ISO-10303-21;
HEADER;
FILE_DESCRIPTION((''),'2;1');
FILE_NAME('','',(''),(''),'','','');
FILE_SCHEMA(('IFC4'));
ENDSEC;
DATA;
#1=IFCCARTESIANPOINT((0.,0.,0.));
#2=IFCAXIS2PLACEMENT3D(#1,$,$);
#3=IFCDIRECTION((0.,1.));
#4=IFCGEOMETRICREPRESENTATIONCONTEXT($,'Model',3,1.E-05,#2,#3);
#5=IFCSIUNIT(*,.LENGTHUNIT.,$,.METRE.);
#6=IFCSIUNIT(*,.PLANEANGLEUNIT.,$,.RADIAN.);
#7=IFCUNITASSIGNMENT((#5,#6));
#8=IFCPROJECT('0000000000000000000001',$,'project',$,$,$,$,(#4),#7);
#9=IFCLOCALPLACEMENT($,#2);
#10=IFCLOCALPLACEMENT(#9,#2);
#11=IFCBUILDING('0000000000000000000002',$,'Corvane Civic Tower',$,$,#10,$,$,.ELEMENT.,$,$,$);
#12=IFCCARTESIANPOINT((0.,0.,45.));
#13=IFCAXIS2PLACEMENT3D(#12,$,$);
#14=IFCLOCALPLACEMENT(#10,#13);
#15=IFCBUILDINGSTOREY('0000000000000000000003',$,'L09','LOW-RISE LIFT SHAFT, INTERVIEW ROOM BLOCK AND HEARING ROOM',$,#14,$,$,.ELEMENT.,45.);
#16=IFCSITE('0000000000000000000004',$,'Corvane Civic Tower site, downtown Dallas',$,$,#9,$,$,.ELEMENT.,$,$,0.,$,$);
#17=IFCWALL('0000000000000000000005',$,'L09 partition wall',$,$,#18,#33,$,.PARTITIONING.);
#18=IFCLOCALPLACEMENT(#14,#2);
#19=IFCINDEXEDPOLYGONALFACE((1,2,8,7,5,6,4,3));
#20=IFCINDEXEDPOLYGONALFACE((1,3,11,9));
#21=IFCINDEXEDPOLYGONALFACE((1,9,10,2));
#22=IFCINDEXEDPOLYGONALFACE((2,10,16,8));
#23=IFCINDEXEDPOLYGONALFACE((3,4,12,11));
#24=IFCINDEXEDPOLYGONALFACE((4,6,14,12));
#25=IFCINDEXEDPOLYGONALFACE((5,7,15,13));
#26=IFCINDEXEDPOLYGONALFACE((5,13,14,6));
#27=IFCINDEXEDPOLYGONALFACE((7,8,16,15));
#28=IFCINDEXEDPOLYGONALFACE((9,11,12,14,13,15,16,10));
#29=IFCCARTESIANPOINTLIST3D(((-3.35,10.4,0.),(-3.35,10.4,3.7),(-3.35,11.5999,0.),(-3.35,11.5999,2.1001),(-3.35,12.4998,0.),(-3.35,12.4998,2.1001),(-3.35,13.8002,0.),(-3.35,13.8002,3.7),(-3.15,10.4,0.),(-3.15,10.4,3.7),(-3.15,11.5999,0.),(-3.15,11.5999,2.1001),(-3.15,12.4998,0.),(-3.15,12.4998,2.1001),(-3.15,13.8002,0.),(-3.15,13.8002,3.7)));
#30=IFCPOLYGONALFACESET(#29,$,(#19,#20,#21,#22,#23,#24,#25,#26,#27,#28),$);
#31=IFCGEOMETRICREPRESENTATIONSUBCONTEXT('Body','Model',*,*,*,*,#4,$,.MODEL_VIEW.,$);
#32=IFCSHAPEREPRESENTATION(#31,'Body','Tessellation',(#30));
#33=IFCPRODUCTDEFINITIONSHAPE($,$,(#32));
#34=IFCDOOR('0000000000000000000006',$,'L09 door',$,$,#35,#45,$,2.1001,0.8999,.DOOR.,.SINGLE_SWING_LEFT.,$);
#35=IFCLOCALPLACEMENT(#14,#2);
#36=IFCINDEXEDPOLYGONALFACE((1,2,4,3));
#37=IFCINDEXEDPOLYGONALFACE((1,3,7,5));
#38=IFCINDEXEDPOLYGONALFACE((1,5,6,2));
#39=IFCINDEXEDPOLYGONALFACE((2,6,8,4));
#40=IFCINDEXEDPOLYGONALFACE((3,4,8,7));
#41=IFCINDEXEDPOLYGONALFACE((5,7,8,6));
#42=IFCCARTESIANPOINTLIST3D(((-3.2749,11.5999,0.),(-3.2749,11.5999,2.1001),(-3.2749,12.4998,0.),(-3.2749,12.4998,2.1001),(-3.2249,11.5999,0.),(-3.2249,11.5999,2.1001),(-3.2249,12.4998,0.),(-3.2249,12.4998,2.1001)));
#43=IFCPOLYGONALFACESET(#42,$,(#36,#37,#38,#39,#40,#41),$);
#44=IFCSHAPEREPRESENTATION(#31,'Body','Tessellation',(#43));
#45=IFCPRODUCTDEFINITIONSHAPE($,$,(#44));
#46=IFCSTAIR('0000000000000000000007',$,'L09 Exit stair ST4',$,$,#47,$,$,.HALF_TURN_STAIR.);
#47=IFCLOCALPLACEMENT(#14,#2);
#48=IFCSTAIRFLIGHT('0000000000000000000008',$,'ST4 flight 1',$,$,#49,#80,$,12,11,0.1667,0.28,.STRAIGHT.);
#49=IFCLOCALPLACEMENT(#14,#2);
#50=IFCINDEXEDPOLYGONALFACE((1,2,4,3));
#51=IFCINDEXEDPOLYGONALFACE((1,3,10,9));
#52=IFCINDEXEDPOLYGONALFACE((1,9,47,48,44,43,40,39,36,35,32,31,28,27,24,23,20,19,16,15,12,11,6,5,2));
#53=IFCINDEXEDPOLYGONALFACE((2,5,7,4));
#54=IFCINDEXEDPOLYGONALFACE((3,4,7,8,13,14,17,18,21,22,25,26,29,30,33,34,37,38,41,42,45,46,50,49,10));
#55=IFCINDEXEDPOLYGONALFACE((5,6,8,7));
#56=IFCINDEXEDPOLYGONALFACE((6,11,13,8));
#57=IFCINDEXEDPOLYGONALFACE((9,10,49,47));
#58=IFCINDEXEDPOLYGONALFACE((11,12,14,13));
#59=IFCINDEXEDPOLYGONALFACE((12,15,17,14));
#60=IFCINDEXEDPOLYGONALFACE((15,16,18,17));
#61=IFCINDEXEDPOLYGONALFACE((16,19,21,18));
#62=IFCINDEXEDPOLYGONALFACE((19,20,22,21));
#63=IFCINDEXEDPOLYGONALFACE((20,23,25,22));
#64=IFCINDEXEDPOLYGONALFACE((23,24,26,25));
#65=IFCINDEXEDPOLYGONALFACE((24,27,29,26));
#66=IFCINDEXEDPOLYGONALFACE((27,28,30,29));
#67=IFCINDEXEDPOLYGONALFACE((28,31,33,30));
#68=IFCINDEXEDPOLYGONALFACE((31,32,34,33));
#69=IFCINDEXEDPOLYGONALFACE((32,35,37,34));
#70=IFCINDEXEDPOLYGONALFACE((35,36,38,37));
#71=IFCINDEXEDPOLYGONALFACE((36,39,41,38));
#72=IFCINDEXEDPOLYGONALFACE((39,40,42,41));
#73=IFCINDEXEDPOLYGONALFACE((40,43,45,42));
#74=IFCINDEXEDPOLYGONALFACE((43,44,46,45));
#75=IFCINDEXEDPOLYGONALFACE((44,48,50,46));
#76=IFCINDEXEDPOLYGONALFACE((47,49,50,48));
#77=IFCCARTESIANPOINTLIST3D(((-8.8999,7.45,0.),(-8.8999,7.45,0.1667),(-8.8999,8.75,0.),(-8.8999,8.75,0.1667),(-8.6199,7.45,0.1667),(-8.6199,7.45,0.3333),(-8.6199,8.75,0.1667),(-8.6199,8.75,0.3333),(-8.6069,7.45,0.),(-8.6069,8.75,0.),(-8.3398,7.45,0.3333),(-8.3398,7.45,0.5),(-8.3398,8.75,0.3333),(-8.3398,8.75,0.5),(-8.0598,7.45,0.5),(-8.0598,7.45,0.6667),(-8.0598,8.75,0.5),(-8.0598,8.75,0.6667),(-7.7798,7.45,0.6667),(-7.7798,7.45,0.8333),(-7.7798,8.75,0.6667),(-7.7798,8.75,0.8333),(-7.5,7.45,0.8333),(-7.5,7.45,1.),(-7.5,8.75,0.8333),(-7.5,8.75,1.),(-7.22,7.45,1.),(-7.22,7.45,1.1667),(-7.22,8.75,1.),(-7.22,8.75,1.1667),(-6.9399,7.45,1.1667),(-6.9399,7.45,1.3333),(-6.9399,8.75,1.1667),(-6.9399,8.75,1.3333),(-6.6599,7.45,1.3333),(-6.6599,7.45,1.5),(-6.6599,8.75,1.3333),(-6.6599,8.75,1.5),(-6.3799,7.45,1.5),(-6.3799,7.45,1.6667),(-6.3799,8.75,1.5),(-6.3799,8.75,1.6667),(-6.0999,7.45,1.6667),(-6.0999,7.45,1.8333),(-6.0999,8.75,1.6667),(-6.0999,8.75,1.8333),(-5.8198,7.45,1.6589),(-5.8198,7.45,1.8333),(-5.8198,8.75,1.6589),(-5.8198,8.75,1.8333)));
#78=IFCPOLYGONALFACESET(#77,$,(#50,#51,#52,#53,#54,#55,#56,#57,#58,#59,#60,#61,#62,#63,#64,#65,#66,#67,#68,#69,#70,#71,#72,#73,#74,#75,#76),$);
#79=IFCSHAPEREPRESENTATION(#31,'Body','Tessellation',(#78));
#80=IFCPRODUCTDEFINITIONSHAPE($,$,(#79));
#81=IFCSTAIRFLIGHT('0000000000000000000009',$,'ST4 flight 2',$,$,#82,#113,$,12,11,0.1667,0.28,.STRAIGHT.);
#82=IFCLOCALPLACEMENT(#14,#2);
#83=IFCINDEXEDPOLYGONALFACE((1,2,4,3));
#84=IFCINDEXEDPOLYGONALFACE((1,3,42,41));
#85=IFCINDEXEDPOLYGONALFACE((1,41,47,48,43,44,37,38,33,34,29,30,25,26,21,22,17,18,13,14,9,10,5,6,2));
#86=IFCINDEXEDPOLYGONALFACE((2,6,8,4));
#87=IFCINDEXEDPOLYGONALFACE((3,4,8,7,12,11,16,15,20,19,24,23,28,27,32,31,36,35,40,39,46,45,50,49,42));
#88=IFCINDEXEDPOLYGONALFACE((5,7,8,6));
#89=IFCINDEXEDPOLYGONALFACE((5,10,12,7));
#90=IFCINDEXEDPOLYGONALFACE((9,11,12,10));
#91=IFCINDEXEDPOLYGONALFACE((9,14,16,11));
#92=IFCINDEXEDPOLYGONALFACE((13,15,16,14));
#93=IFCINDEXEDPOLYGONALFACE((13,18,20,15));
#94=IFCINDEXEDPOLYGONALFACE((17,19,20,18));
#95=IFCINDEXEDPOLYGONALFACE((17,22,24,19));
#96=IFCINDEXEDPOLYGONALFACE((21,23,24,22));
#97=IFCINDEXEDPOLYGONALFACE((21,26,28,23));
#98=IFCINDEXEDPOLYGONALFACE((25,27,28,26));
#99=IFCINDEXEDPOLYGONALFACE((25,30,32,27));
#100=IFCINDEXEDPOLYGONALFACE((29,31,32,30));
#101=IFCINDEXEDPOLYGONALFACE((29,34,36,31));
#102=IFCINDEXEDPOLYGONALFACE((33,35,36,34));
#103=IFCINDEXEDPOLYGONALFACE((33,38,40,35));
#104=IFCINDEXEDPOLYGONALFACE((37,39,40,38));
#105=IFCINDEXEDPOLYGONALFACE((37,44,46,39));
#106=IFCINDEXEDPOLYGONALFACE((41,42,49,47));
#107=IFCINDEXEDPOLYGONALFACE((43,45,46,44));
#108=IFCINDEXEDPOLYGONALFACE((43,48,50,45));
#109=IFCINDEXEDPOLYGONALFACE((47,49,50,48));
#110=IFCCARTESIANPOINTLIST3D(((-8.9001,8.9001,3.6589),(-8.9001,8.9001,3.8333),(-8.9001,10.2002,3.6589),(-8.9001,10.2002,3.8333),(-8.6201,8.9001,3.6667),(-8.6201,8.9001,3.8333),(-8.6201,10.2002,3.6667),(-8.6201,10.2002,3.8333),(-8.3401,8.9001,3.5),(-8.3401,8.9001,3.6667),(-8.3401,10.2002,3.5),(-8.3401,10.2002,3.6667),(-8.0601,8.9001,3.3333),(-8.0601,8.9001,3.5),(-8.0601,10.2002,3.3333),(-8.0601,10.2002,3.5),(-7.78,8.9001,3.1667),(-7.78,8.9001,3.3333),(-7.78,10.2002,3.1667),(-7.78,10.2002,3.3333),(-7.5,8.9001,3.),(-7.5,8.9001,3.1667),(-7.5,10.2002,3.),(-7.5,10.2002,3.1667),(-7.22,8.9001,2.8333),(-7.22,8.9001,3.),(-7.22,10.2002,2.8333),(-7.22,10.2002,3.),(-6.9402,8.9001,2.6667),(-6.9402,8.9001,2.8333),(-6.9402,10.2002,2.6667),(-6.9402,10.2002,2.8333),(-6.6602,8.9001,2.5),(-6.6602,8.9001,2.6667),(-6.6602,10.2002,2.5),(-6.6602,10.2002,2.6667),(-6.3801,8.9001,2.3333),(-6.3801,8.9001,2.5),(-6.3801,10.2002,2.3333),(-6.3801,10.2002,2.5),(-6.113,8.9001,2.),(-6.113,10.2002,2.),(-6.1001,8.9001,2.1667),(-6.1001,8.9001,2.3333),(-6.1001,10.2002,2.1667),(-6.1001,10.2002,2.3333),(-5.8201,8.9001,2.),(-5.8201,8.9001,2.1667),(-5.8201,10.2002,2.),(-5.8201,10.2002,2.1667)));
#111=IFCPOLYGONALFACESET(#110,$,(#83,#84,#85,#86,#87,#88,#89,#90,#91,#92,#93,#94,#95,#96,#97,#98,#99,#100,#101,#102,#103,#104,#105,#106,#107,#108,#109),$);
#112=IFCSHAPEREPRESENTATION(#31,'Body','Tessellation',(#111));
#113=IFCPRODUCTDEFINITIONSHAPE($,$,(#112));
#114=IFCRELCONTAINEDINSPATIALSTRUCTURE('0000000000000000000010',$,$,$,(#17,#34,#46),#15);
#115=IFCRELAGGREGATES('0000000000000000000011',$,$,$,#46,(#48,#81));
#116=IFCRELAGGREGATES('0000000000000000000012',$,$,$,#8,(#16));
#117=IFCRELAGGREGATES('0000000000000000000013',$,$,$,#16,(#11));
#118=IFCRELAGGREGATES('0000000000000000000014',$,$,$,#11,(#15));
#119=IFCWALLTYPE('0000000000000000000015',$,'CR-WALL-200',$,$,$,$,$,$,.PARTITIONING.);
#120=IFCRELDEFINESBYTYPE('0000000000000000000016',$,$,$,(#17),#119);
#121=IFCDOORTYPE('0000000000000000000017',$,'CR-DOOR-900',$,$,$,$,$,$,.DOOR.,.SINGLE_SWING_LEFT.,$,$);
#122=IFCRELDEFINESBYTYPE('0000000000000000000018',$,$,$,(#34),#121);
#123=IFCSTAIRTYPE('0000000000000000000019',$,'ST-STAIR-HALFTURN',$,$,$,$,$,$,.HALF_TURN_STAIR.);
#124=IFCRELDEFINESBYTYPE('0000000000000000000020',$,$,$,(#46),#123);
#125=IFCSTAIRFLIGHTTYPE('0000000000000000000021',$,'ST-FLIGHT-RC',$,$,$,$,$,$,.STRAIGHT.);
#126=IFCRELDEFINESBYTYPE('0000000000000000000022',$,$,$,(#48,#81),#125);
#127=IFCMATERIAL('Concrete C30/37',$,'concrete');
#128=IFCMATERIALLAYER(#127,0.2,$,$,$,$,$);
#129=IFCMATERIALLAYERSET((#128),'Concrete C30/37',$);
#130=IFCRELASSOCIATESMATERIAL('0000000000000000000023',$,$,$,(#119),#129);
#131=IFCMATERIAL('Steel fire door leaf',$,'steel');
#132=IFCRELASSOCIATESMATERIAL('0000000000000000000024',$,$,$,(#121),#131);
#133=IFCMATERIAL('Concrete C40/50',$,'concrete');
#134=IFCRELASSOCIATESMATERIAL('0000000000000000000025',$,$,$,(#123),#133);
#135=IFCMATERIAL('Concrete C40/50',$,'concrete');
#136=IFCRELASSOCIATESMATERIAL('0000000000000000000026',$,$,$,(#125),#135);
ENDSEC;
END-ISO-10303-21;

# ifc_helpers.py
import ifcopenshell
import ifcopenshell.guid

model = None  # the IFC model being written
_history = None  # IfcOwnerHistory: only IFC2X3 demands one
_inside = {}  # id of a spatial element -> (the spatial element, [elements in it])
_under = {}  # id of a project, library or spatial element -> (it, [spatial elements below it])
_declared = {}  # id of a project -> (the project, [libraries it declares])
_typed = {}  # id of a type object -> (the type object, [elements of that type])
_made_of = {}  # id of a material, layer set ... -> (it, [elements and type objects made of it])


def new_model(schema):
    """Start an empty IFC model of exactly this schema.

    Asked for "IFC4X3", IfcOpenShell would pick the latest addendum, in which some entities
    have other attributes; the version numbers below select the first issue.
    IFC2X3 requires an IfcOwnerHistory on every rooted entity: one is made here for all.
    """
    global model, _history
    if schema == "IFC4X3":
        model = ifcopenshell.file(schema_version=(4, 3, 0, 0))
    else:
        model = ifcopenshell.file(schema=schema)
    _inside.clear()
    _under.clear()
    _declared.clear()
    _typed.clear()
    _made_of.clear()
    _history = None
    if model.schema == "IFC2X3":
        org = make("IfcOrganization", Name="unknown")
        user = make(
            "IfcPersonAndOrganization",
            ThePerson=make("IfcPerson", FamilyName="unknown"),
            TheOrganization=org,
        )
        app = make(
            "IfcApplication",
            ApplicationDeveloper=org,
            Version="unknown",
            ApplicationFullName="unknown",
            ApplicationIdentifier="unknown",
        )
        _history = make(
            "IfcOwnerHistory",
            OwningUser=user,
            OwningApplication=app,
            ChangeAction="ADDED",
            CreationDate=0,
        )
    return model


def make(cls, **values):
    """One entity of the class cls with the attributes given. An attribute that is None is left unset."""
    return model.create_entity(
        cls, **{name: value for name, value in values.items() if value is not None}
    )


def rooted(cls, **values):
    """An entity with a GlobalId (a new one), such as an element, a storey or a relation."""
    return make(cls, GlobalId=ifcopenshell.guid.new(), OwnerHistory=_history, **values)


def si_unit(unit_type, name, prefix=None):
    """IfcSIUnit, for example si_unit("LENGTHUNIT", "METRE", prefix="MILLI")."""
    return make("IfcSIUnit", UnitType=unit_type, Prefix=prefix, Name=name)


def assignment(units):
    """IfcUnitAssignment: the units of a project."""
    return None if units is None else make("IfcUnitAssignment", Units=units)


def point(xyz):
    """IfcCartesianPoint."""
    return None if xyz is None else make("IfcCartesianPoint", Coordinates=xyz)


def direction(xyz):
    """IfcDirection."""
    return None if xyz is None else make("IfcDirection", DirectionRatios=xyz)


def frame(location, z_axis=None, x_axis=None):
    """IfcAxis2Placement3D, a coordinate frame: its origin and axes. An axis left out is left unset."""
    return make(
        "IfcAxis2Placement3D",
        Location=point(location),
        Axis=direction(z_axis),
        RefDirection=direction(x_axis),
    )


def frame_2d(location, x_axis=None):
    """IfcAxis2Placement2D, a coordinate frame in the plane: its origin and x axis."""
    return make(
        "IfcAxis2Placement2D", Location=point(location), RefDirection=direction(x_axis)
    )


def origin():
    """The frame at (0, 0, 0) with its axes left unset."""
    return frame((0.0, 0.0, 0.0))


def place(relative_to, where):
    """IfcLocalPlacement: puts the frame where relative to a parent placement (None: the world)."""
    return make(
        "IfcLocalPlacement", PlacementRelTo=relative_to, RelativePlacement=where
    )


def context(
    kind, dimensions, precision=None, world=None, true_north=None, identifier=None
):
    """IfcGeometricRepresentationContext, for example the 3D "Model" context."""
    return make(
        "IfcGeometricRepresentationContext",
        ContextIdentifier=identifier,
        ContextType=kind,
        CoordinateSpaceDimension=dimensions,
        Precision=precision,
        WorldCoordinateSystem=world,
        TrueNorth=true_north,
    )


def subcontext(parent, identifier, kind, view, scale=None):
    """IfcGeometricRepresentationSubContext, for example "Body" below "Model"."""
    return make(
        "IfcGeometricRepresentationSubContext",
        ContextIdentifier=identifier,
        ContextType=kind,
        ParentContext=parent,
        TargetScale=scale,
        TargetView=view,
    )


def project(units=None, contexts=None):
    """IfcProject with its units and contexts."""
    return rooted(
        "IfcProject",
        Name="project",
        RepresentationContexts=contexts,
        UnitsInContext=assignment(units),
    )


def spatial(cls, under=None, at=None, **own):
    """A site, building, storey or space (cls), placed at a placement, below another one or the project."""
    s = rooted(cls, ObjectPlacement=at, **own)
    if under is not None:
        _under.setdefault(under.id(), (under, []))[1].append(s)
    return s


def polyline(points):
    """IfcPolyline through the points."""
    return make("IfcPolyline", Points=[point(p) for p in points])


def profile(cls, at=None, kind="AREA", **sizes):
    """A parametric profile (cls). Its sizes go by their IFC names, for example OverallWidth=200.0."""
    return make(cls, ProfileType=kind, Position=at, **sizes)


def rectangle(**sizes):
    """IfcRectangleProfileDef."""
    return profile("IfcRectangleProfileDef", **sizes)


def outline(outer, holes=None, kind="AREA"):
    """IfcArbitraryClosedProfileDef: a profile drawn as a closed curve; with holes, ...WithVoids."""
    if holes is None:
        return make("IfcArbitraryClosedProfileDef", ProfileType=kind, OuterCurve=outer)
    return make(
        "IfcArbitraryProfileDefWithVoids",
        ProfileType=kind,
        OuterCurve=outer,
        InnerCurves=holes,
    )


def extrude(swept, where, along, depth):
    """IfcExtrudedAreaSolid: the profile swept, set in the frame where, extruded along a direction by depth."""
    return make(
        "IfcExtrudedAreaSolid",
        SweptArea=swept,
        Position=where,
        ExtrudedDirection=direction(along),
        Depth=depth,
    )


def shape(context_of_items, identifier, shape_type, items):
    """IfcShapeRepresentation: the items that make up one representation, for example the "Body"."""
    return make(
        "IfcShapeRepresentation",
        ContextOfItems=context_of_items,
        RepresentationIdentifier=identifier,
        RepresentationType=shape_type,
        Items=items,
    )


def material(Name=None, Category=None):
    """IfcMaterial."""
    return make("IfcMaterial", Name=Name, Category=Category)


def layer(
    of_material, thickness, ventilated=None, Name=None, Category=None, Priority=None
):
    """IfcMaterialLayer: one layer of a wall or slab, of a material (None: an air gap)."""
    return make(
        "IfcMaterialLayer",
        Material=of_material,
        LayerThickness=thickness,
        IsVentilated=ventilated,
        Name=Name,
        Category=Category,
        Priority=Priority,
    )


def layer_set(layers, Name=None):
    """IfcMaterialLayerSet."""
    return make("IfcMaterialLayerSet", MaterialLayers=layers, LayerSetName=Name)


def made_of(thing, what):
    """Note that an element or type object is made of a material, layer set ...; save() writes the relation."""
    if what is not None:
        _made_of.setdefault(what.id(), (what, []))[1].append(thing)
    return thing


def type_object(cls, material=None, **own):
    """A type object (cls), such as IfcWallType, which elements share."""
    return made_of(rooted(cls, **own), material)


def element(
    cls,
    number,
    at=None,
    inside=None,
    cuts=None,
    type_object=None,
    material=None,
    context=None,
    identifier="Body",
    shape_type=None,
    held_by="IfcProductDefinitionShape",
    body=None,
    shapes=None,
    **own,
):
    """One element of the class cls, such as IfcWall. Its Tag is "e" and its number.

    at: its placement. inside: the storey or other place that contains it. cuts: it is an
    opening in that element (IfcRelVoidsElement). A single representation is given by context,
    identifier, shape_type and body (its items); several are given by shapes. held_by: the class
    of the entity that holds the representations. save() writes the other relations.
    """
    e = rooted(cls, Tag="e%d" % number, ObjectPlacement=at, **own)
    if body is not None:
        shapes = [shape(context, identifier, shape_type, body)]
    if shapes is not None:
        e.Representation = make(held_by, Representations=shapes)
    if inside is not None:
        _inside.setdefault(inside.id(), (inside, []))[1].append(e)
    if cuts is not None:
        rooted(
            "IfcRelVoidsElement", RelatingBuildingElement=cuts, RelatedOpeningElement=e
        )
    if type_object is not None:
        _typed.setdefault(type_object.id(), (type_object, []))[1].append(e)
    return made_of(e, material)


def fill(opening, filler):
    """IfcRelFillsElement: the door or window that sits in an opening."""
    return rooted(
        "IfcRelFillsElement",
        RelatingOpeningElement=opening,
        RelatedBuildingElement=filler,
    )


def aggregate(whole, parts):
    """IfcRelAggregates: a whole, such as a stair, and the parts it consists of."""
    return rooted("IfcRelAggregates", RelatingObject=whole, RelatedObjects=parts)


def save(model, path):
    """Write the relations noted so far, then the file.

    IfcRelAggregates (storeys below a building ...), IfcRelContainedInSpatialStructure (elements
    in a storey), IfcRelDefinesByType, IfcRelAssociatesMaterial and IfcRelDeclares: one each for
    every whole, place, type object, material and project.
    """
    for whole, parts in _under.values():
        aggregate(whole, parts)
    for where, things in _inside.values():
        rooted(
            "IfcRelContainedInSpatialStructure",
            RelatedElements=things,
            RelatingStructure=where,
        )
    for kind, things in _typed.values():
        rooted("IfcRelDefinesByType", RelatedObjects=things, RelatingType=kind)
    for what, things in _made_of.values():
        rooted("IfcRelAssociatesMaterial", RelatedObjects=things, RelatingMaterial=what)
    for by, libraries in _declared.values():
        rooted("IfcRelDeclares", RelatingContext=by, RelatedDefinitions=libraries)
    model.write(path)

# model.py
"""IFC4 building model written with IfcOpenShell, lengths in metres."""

from ifc_helpers import new_model, si_unit, direction, frame, frame_2d, origin, place, context, subcontext, project, spatial, polyline, rectangle, outline, extrude, material, layer, layer_set, type_object, element, fill, aggregate, save


model = new_model("IFC4")

# Units and contexts
model_context = context("Model", 3, precision=1e-05, world=origin(), true_north=direction((0.0, 1.0)))
body_context = subcontext(model_context, "Body", "Model", "MODEL_VIEW")
ifc_project = project(units=[si_unit("LENGTHUNIT", "METRE"), si_unit("PLANEANGLEUNIT", "RADIAN")], contexts=[model_context])

# Site, building, storey
site_placement = place(None, origin())
site = spatial("IfcSite", under=ifc_project, at=site_placement, Name="Corvane Civic Tower site, downtown Dallas", CompositionType="ELEMENT", RefElevation=0.0)
building_placement = place(site_placement, origin())
building = spatial("IfcBuilding", under=site, at=building_placement, Name="Corvane Civic Tower", CompositionType="ELEMENT")
storey_placement = place(building_placement, frame((0.0, 0.0, 45.0)))
storey = spatial("IfcBuildingStorey", under=building, at=storey_placement, Name="L09", Description="LOW-RISE LIFT SHAFT, INTERVIEW ROOM BLOCK AND HEARING ROOM", CompositionType="ELEMENT", Elevation=45.0)

# Wall, opening, door
ifc_material_1 = material(Name="Concrete C30/37", Category="concrete")
ifc_layer_1 = layer(ifc_material_1, 0.2)
ifc_layer_set_1 = layer_set([ifc_layer_1], Name="Concrete C30/37")
wall_type_1 = type_object("IfcWallType", Name="CR-WALL-200", PredefinedType="PARTITIONING", material=ifc_layer_set_1)
ifc_material_2 = material(Name="Steel fire door leaf", Category="steel")
door_type = type_object("IfcDoorType", Name="CR-DOOR-900", OperationType="SINGLE_SWING_LEFT", PredefinedType="DOOR", material=ifc_material_2)
wall_1_placement = place(storey_placement, frame((-3.25, 10.3999, 0.0), z_axis=(0.0, 0.0, 1.0), x_axis=(0.0, 1.0, 0.0)))
wall_1 = element("IfcWall", 1, at=wall_1_placement, inside=storey, type_object=wall_type_1, Name="L09 partition wall", PredefinedType="PARTITIONING", context=body_context, shape_type="SweptSolid", body=[
    extrude(rectangle(XDim=3.4001, YDim=0.2, at=frame_2d((1.7002, 0.0))), origin(), (0.0, 0.0, 1.0), 3.7),
])
opening_1_placement = place(wall_1_placement, frame((1.2, 0.0, 0.0)))
opening_1 = element("IfcOpeningElement", 2, at=opening_1_placement, cuts=wall_1, PredefinedType="OPENING", context=body_context, shape_type="SweptSolid", body=[
    extrude(rectangle(XDim=0.8999, YDim=2.1001, at=frame_2d((0.45, 1.05))), frame((0.0, 0.1099, 0.0), z_axis=(0.0, -1.0, 0.0), x_axis=(1.0, 0.0, 0.0)), (0.0, 0.0, 1.0), 0.22),
])
door_1_placement = place(opening_1_placement, origin())
door_1 = element("IfcDoor", 3, at=door_1_placement, inside=storey, type_object=door_type, Name="L09 door", OperationType="SINGLE_SWING_LEFT", OverallHeight=2.1001, OverallWidth=0.8999, PredefinedType="DOOR", context=body_context, shape_type="SweptSolid", body=[
    extrude(rectangle(XDim=0.8999, YDim=2.1001, at=frame_2d((0.45, 1.05))), frame((0.0, 0.0249, 0.0), z_axis=(0.0, -1.0, 0.0), x_axis=(1.0, 0.0, 0.0)), (0.0, 0.0, 1.0), 0.05),
])
fill(opening_1, door_1)

# Stair, stair flights
ifc_material_3 = material(Name="Concrete C40/50", Category="concrete")
stair_type = type_object("IfcStairType", Name="ST-STAIR-HALFTURN", PredefinedType="HALF_TURN_STAIR", material=ifc_material_3)
stair_placement = place(storey_placement, origin())
stair = element("IfcStair", 4, at=stair_placement, inside=storey, type_object=stair_type, Name="L09 Exit stair ST4", PredefinedType="HALF_TURN_STAIR")
ifc_material_4 = material(Name="Concrete C40/50", Category="concrete")
stair_flight_type = type_object("IfcStairFlightType", Name="ST-FLIGHT-RC", PredefinedType="STRAIGHT", material=ifc_material_4)
stair_flight_1_placement = place(storey_placement, frame((-8.8999, 8.1001, 0.0), z_axis=(0.0, 0.0, 1.0), x_axis=(1.0, 0.0, 0.0)))
stair_flight_1 = element("IfcStairFlight", 5, at=stair_flight_1_placement, type_object=stair_flight_type, Name="ST4 flight 1", NumberOfRisers=12, NumberOfTreads=11, PredefinedType="STRAIGHT", RiserHeight=0.1667, TreadLength=0.28, context=body_context, shape_type="SweptSolid", body=[
    extrude(outline(polyline([(0.0, 0.0), (0.0, 0.1667), (0.28, 0.1667), (0.28, 0.3333), (0.5601, 0.3333), (0.5601, 0.5), (0.8401, 0.5), (0.8401, 0.6667), (1.1201, 0.6667), (1.1201, 0.8333), (1.3999, 0.8333), (1.3999, 1.0), (1.6799, 1.0), (1.6799, 1.1667), (1.96, 1.1667), (1.96, 1.3333), (2.24, 1.3333), (2.24, 1.5), (2.52, 1.5), (2.52, 1.6667), (2.8, 1.6667), (2.8, 1.8333), (3.0801, 1.8333), (3.0801, 2.0), (3.0801, 1.6589), (0.293, 0.0), (0.0, 0.0)])), frame((0.0, 0.6499, 0.0), z_axis=(0.0, -1.0, 0.0), x_axis=(1.0, 0.0, 0.0)), (0.0, 0.0, 1.0), 1.3),
])
stair_flight_2_placement = place(storey_placement, frame((-5.8201, 9.55, 2.0), z_axis=(0.0, 0.0, 1.0), x_axis=(-1.0, 0.0, 0.0)))
stair_flight_2 = element("IfcStairFlight", 6, at=stair_flight_2_placement, type_object=stair_flight_type, Name="ST4 flight 2", NumberOfRisers=12, NumberOfTreads=11, PredefinedType="STRAIGHT", RiserHeight=0.1667, TreadLength=0.28, context=body_context, shape_type="SweptSolid", body=[
    extrude(outline(polyline([(0.0, 0.0), (0.0, 0.1667), (0.28, 0.1667), (0.28, 0.3333), (0.5601, 0.3333), (0.5601, 0.5), (0.8401, 0.5), (0.8401, 0.6667), (1.1201, 0.6667), (1.1201, 0.8333), (1.3999, 0.8333), (1.3999, 1.0), (1.6799, 1.0), (1.6799, 1.1667), (1.96, 1.1667), (1.96, 1.3333), (2.24, 1.3333), (2.24, 1.5), (2.52, 1.5), (2.52, 1.6667), (2.8, 1.6667), (2.8, 1.8333), (3.0801, 1.8333), (3.0801, 2.0), (3.0801, 1.6589), (0.293, 0.0), (0.0, 0.0)])), frame((0.0, 0.6499, 0.0), z_axis=(0.0, -1.0, 0.0), x_axis=(1.0, 0.0, 0.0)), (0.0, 0.0, 1.0), 1.3),
])
aggregate(stair, [stair_flight_1, stair_flight_2])

save(model, "model.ifc")
